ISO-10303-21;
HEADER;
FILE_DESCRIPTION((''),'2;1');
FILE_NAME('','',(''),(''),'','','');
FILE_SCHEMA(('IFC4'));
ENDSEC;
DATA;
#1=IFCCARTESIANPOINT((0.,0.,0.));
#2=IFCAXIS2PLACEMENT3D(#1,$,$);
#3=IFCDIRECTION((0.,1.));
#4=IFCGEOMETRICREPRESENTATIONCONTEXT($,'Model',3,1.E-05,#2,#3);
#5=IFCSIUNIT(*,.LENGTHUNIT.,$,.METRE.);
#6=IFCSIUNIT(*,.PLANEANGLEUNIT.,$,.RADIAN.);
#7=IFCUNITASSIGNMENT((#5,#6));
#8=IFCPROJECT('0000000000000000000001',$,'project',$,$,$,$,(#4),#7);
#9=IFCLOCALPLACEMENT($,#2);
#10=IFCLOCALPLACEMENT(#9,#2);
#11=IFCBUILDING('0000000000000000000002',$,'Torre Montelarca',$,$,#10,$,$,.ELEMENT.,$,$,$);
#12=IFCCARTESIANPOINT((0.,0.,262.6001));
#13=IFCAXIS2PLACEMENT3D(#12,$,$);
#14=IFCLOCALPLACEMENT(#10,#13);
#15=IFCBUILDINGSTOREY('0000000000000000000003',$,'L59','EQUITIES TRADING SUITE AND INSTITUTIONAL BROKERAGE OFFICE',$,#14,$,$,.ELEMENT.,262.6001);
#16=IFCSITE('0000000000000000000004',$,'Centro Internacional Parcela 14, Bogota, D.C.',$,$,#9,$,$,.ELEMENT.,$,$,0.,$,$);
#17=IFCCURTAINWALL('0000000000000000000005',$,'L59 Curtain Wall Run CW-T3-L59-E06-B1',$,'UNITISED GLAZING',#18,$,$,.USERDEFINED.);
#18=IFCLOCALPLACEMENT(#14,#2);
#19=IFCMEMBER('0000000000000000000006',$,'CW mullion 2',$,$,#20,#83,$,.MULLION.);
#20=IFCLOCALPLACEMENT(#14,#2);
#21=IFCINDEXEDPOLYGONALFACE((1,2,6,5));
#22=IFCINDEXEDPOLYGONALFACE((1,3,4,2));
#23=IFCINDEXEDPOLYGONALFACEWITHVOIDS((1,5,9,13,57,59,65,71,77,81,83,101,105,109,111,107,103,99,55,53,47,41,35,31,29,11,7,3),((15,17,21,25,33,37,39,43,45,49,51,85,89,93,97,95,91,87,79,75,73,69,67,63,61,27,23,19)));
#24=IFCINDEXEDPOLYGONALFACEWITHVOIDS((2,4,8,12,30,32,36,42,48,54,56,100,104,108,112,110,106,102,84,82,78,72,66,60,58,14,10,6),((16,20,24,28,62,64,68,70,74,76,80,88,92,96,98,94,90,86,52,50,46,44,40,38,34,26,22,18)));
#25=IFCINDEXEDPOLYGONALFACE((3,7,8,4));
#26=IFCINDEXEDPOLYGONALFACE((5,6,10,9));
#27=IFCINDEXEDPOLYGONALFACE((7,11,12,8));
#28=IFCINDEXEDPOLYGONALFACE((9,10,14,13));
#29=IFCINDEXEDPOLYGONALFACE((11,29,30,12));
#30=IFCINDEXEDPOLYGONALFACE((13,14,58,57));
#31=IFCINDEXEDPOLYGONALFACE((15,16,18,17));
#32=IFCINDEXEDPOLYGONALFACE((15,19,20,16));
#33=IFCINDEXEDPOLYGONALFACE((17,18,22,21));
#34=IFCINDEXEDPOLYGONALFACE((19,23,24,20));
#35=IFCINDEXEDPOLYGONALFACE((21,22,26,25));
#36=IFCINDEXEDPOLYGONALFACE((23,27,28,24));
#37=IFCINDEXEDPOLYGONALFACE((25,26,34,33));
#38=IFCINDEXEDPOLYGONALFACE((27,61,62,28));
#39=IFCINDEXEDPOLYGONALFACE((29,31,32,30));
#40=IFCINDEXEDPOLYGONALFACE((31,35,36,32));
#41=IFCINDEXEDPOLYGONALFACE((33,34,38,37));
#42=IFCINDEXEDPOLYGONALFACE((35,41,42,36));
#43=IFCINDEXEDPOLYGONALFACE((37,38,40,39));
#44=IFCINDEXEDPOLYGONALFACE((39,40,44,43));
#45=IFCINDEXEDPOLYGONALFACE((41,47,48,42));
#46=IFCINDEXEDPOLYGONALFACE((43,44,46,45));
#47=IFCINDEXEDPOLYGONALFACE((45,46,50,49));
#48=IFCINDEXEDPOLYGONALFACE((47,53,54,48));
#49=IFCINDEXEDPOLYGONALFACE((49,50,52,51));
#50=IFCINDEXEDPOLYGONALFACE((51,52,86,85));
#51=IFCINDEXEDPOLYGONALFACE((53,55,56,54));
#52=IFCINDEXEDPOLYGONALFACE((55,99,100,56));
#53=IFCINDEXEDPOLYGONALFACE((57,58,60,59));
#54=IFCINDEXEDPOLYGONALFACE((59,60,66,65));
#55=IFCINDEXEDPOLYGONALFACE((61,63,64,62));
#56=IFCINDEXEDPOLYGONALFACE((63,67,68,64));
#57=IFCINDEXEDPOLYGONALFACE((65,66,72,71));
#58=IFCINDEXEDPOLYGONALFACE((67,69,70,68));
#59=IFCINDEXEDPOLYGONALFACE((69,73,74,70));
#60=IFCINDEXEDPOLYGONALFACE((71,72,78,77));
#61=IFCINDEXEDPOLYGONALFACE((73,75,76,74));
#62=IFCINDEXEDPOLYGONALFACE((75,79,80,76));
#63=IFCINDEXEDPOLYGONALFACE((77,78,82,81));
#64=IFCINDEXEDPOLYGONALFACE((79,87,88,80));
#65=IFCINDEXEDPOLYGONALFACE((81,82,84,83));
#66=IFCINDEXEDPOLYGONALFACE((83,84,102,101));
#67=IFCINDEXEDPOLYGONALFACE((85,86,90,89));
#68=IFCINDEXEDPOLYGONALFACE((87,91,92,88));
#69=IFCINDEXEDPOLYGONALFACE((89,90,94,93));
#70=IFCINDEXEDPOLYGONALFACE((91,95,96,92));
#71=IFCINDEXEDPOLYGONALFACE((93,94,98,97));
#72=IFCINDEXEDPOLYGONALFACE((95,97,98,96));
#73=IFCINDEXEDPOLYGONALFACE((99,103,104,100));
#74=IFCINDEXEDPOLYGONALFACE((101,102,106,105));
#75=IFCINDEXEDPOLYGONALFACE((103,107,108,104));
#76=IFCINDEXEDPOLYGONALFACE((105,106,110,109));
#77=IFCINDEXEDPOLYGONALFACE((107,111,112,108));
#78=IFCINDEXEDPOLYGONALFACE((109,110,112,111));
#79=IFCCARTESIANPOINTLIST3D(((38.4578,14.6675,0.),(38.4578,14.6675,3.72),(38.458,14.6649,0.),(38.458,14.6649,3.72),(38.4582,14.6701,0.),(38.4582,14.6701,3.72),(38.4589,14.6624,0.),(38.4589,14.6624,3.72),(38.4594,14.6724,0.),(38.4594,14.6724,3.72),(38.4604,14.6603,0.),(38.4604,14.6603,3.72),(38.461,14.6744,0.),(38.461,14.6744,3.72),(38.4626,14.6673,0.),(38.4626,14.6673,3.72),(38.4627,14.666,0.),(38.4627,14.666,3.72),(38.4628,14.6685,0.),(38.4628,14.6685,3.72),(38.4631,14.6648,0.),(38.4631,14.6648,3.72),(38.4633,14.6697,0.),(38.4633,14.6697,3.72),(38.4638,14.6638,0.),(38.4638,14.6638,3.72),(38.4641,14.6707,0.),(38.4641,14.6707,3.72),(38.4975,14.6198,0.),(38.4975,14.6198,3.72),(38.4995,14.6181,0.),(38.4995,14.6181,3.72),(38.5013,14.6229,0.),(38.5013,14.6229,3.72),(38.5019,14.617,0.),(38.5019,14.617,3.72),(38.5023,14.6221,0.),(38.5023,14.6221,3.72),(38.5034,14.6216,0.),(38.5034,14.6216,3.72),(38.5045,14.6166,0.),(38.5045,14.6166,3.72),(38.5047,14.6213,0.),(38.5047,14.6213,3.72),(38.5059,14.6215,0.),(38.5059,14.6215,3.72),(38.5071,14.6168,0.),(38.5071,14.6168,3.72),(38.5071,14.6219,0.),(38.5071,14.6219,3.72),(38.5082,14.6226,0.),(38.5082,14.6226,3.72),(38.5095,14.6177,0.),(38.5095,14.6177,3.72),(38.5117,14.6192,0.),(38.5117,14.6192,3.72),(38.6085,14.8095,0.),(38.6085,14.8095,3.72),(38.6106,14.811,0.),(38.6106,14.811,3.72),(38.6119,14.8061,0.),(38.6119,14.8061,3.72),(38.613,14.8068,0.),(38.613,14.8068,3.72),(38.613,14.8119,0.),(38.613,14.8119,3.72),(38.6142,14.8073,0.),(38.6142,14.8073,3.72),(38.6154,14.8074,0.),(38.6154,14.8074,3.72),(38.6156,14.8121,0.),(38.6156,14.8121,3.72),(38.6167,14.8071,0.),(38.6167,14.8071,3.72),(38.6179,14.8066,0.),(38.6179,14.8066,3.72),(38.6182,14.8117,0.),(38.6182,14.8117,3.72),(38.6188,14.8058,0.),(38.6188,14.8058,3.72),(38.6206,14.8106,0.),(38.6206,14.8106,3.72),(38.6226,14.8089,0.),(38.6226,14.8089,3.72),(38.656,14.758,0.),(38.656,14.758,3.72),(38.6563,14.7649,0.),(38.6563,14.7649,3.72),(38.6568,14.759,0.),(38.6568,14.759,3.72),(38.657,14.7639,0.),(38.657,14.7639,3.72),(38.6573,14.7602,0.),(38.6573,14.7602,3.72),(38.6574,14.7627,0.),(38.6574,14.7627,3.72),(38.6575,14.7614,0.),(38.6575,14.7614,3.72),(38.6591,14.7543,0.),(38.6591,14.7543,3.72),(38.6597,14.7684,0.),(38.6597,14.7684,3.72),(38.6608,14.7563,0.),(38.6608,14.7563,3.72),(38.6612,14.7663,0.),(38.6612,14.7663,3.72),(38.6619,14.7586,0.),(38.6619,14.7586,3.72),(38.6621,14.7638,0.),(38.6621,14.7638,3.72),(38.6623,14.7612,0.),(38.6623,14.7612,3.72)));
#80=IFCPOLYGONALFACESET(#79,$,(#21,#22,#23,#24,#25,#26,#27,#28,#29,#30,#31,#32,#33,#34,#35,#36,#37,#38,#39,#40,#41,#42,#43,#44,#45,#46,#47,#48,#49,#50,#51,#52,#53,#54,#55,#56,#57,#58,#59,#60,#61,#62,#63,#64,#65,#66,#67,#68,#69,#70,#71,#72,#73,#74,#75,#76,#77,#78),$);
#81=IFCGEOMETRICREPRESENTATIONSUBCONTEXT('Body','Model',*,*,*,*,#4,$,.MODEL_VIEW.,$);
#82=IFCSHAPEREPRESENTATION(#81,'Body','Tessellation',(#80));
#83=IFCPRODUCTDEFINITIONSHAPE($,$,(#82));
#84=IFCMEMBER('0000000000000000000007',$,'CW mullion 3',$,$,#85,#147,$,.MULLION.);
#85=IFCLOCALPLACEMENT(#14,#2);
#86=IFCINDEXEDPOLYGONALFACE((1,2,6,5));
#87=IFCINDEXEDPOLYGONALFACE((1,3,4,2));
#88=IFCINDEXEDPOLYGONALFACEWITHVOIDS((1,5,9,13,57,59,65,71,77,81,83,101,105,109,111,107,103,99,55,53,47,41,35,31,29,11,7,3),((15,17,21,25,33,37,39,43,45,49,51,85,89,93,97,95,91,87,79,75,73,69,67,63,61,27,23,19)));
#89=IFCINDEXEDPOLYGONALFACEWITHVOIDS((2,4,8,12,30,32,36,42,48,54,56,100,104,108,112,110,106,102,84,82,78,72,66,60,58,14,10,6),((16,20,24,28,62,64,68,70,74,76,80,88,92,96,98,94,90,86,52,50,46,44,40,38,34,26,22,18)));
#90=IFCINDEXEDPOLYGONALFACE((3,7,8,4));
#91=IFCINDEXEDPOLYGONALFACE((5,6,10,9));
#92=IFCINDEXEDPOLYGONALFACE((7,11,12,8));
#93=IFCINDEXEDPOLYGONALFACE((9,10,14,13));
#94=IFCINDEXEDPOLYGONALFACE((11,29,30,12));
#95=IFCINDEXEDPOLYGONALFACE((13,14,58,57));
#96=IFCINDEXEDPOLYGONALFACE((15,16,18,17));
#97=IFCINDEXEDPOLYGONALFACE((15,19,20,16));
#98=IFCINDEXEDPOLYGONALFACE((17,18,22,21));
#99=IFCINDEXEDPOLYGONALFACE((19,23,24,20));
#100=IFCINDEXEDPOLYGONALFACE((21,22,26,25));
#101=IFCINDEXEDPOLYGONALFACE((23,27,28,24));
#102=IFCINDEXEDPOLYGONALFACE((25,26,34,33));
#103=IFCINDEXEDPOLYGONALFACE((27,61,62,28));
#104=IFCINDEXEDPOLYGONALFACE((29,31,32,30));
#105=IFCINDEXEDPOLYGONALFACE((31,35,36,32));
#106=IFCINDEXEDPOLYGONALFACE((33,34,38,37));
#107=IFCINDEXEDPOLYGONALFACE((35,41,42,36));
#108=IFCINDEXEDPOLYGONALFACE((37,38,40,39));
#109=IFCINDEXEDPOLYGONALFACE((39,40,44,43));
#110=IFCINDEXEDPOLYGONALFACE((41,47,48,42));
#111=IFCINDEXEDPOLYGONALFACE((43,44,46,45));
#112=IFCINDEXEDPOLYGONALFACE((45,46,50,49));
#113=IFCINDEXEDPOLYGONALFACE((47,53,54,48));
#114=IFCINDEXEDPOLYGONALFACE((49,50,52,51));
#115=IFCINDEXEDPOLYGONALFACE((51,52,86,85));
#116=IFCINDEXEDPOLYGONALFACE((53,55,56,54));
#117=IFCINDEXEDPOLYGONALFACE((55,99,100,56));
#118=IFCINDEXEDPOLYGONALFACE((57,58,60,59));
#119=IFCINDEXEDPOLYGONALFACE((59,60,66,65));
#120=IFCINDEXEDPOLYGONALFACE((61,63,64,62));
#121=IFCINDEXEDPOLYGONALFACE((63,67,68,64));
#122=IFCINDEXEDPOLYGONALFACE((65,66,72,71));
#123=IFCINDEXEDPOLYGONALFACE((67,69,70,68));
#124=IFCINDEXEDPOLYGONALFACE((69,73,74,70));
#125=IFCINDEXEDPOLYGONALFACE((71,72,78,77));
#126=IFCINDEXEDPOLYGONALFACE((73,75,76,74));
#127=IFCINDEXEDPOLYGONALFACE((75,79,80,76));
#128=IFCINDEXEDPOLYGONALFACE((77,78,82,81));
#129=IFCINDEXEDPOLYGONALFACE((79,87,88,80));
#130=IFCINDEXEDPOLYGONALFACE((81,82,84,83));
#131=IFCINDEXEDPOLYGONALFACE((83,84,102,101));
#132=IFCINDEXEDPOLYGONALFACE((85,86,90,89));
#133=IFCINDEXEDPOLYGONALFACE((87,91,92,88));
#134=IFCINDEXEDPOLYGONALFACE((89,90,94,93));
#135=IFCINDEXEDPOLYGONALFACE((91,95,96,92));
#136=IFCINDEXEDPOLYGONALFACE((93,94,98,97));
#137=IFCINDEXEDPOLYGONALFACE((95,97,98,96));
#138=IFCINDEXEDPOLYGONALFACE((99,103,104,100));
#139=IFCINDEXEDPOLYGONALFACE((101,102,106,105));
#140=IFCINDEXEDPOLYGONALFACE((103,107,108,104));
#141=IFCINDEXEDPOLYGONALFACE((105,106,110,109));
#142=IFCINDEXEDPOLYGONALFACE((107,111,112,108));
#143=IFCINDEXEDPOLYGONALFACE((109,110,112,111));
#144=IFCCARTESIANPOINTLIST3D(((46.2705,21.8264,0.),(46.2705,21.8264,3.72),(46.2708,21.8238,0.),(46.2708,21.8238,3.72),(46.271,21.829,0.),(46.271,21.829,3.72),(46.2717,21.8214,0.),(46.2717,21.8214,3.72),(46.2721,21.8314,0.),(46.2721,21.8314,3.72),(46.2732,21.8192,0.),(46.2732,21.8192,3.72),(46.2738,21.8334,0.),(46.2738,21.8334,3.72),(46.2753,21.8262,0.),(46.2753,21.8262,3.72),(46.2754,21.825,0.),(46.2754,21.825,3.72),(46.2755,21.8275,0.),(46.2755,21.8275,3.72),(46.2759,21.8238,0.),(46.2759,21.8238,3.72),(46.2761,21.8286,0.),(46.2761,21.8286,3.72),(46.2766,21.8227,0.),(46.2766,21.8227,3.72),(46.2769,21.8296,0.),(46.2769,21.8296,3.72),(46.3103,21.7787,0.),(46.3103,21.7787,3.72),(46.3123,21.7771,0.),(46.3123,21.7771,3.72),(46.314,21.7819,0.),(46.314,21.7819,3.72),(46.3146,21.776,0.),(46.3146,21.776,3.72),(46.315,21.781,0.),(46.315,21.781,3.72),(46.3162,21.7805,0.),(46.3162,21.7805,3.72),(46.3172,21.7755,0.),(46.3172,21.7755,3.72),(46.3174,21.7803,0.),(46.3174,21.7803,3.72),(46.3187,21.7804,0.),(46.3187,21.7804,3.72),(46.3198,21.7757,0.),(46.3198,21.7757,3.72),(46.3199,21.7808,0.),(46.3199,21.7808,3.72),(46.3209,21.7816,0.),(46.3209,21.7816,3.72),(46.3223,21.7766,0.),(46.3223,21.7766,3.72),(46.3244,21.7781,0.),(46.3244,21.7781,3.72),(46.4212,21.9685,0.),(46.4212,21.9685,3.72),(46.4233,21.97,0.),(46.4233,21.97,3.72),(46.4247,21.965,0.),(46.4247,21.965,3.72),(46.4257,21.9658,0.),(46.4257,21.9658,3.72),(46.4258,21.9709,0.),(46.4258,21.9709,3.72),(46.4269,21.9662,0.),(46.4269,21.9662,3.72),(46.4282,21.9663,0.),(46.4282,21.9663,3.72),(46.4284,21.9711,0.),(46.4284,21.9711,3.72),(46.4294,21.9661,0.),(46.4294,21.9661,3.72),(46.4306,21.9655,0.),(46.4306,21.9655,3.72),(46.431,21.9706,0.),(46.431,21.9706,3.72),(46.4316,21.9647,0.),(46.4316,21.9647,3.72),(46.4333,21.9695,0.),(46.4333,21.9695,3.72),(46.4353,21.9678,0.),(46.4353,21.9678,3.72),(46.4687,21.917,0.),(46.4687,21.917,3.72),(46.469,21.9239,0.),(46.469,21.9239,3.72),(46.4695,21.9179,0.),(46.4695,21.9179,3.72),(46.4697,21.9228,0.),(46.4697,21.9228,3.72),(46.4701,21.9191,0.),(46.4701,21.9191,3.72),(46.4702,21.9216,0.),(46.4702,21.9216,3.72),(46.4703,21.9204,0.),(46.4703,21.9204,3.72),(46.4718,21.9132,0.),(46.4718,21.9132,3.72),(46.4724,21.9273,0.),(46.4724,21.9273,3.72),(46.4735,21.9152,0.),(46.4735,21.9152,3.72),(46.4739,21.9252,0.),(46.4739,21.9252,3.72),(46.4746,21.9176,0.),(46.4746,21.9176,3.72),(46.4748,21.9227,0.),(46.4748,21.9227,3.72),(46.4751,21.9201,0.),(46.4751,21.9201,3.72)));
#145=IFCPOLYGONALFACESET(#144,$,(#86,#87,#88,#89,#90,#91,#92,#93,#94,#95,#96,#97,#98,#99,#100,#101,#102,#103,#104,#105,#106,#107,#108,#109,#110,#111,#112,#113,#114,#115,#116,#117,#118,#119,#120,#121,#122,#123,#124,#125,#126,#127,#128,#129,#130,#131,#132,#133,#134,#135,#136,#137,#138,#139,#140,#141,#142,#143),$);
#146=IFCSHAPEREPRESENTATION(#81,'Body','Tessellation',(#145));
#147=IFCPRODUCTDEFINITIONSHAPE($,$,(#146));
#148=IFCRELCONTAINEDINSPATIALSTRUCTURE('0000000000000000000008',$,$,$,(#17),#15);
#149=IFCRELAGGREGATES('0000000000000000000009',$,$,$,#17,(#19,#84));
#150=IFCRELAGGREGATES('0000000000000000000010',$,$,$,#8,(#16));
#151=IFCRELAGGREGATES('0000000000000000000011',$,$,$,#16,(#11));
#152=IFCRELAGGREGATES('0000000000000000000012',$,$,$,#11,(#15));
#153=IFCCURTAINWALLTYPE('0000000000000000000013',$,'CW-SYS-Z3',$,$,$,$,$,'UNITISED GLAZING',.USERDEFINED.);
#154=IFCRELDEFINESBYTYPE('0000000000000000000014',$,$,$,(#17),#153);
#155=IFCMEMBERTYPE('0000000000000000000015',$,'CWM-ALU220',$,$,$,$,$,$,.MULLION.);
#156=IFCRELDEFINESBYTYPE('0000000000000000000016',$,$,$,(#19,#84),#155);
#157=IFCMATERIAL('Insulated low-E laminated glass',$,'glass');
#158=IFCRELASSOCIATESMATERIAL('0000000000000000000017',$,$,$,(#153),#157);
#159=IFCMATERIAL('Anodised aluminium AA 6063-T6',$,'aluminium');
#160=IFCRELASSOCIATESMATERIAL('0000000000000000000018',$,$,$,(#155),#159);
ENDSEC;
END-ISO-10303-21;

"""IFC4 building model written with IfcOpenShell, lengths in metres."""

from ifc_helpers import new_model, si_unit, direction, frame, origin, origin_2d, place, context, subcontext, project, spatial, hollow_rectangle, extrude, source, transform, mapped, material, material_profile, profile_set, type_object, element, aggregate, save


model = new_model("IFC4")

# Units and contexts
model_context = context("Model", 3, precision=1e-05, world=origin(), true_north=direction((0.0, 1.0)))
body_context = subcontext(model_context, "Body", "Model", "MODEL_VIEW")
ifc_project = project(units=[si_unit("LENGTHUNIT", "METRE"), si_unit("PLANEANGLEUNIT", "RADIAN")], contexts=[model_context])

# Site, building, storey
site_placement = place(None, origin())
site = spatial("IfcSite", under=ifc_project, at=site_placement, Name="Centro Internacional Parcela 14, Bogota, D.C.", CompositionType="ELEMENT", RefElevation=0.0)
building_placement = place(site_placement, origin())
building = spatial("IfcBuilding", under=site, at=building_placement, Name="Torre Montelarca", CompositionType="ELEMENT")
storey_placement = place(building_placement, frame((0.0, 0.0, 262.6001)))
storey = spatial("IfcBuildingStorey", under=building, at=storey_placement, Name="L59", Description="EQUITIES TRADING SUITE AND INSTITUTIONAL BROKERAGE OFFICE", CompositionType="ELEMENT", Elevation=262.6001)

# Curtain wall, members
ifc_material_1 = material(Name="Insulated low-E laminated glass", Category="glass")
curtain_wall_type = type_object("IfcCurtainWallType", Name="CW-SYS-Z3", ElementType="UNITISED GLAZING", PredefinedType="USERDEFINED", material=ifc_material_1)
ifc_material_2 = material(Name="Anodised aluminium AA 6063-T6", Category="aluminium")
curtain_wall_1_placement = place(storey_placement, origin())
curtain_wall_1 = element("IfcCurtainWall", 1, at=curtain_wall_1_placement, inside=storey, type_object=curtain_wall_type, Name="L59 Curtain Wall Run CW-T3-L59-E06-B1", ObjectType="UNITISED GLAZING", PredefinedType="USERDEFINED")
ifc_material_profile_1 = material_profile(ifc_material_2, hollow_rectangle(XDim=0.075, YDim=0.22, WallThickness=0.0049, InnerFilletRadius=0.0049, OuterFilletRadius=0.01, at=origin_2d()), Name="ALU75X220X5", Category="aluminium")
ifc_profile_set_1 = profile_set([ifc_material_profile_1], Name="Anodised aluminium AA 6063-T6")
member_type_1 = type_object("IfcMemberType", Name="CWM-ALU220", PredefinedType="MULLION", material=ifc_profile_set_1)
shared_shape_1 = source(origin(), body_context, "Body", "SweptSolid", [
    extrude(hollow_rectangle(XDim=0.075, YDim=0.22, WallThickness=0.0049, InnerFilletRadius=0.0049, OuterFilletRadius=0.01, at=origin_2d()), origin(), (0.0, 0.0, 1.0), 3.72),
])
member_1_placement = place(storey_placement, frame((38.5601, 14.7144, 0.0), z_axis=(0.0, 0.0, 1.0), x_axis=(-0.675587, 0.73728, 0.0)))
member_1 = element("IfcMember", 2, at=member_1_placement, type_object=member_type_1, Name="CW mullion 2", PredefinedType="MULLION", context=body_context, shape_type="MappedRepresentation", body=[
    mapped(shared_shape_1, transform((0.0, 0.0, 0.0), scale=1.0)),
])
member_2_placement = place(storey_placement, frame((46.3728, 21.8733, 0.0), z_axis=(0.0, 0.0, 1.0), x_axis=(-0.675587, 0.73728, 0.0)))
member_2 = element("IfcMember", 3, at=member_2_placement, type_object=member_type_1, Name="CW mullion 3", PredefinedType="MULLION", context=body_context, shape_type="MappedRepresentation", body=[
    mapped(shared_shape_1, transform((0.0, 0.0, 0.0), scale=1.0)),
])

aggregate(curtain_wall_1, [member_1, member_2])

save(model, "model.ifc")
